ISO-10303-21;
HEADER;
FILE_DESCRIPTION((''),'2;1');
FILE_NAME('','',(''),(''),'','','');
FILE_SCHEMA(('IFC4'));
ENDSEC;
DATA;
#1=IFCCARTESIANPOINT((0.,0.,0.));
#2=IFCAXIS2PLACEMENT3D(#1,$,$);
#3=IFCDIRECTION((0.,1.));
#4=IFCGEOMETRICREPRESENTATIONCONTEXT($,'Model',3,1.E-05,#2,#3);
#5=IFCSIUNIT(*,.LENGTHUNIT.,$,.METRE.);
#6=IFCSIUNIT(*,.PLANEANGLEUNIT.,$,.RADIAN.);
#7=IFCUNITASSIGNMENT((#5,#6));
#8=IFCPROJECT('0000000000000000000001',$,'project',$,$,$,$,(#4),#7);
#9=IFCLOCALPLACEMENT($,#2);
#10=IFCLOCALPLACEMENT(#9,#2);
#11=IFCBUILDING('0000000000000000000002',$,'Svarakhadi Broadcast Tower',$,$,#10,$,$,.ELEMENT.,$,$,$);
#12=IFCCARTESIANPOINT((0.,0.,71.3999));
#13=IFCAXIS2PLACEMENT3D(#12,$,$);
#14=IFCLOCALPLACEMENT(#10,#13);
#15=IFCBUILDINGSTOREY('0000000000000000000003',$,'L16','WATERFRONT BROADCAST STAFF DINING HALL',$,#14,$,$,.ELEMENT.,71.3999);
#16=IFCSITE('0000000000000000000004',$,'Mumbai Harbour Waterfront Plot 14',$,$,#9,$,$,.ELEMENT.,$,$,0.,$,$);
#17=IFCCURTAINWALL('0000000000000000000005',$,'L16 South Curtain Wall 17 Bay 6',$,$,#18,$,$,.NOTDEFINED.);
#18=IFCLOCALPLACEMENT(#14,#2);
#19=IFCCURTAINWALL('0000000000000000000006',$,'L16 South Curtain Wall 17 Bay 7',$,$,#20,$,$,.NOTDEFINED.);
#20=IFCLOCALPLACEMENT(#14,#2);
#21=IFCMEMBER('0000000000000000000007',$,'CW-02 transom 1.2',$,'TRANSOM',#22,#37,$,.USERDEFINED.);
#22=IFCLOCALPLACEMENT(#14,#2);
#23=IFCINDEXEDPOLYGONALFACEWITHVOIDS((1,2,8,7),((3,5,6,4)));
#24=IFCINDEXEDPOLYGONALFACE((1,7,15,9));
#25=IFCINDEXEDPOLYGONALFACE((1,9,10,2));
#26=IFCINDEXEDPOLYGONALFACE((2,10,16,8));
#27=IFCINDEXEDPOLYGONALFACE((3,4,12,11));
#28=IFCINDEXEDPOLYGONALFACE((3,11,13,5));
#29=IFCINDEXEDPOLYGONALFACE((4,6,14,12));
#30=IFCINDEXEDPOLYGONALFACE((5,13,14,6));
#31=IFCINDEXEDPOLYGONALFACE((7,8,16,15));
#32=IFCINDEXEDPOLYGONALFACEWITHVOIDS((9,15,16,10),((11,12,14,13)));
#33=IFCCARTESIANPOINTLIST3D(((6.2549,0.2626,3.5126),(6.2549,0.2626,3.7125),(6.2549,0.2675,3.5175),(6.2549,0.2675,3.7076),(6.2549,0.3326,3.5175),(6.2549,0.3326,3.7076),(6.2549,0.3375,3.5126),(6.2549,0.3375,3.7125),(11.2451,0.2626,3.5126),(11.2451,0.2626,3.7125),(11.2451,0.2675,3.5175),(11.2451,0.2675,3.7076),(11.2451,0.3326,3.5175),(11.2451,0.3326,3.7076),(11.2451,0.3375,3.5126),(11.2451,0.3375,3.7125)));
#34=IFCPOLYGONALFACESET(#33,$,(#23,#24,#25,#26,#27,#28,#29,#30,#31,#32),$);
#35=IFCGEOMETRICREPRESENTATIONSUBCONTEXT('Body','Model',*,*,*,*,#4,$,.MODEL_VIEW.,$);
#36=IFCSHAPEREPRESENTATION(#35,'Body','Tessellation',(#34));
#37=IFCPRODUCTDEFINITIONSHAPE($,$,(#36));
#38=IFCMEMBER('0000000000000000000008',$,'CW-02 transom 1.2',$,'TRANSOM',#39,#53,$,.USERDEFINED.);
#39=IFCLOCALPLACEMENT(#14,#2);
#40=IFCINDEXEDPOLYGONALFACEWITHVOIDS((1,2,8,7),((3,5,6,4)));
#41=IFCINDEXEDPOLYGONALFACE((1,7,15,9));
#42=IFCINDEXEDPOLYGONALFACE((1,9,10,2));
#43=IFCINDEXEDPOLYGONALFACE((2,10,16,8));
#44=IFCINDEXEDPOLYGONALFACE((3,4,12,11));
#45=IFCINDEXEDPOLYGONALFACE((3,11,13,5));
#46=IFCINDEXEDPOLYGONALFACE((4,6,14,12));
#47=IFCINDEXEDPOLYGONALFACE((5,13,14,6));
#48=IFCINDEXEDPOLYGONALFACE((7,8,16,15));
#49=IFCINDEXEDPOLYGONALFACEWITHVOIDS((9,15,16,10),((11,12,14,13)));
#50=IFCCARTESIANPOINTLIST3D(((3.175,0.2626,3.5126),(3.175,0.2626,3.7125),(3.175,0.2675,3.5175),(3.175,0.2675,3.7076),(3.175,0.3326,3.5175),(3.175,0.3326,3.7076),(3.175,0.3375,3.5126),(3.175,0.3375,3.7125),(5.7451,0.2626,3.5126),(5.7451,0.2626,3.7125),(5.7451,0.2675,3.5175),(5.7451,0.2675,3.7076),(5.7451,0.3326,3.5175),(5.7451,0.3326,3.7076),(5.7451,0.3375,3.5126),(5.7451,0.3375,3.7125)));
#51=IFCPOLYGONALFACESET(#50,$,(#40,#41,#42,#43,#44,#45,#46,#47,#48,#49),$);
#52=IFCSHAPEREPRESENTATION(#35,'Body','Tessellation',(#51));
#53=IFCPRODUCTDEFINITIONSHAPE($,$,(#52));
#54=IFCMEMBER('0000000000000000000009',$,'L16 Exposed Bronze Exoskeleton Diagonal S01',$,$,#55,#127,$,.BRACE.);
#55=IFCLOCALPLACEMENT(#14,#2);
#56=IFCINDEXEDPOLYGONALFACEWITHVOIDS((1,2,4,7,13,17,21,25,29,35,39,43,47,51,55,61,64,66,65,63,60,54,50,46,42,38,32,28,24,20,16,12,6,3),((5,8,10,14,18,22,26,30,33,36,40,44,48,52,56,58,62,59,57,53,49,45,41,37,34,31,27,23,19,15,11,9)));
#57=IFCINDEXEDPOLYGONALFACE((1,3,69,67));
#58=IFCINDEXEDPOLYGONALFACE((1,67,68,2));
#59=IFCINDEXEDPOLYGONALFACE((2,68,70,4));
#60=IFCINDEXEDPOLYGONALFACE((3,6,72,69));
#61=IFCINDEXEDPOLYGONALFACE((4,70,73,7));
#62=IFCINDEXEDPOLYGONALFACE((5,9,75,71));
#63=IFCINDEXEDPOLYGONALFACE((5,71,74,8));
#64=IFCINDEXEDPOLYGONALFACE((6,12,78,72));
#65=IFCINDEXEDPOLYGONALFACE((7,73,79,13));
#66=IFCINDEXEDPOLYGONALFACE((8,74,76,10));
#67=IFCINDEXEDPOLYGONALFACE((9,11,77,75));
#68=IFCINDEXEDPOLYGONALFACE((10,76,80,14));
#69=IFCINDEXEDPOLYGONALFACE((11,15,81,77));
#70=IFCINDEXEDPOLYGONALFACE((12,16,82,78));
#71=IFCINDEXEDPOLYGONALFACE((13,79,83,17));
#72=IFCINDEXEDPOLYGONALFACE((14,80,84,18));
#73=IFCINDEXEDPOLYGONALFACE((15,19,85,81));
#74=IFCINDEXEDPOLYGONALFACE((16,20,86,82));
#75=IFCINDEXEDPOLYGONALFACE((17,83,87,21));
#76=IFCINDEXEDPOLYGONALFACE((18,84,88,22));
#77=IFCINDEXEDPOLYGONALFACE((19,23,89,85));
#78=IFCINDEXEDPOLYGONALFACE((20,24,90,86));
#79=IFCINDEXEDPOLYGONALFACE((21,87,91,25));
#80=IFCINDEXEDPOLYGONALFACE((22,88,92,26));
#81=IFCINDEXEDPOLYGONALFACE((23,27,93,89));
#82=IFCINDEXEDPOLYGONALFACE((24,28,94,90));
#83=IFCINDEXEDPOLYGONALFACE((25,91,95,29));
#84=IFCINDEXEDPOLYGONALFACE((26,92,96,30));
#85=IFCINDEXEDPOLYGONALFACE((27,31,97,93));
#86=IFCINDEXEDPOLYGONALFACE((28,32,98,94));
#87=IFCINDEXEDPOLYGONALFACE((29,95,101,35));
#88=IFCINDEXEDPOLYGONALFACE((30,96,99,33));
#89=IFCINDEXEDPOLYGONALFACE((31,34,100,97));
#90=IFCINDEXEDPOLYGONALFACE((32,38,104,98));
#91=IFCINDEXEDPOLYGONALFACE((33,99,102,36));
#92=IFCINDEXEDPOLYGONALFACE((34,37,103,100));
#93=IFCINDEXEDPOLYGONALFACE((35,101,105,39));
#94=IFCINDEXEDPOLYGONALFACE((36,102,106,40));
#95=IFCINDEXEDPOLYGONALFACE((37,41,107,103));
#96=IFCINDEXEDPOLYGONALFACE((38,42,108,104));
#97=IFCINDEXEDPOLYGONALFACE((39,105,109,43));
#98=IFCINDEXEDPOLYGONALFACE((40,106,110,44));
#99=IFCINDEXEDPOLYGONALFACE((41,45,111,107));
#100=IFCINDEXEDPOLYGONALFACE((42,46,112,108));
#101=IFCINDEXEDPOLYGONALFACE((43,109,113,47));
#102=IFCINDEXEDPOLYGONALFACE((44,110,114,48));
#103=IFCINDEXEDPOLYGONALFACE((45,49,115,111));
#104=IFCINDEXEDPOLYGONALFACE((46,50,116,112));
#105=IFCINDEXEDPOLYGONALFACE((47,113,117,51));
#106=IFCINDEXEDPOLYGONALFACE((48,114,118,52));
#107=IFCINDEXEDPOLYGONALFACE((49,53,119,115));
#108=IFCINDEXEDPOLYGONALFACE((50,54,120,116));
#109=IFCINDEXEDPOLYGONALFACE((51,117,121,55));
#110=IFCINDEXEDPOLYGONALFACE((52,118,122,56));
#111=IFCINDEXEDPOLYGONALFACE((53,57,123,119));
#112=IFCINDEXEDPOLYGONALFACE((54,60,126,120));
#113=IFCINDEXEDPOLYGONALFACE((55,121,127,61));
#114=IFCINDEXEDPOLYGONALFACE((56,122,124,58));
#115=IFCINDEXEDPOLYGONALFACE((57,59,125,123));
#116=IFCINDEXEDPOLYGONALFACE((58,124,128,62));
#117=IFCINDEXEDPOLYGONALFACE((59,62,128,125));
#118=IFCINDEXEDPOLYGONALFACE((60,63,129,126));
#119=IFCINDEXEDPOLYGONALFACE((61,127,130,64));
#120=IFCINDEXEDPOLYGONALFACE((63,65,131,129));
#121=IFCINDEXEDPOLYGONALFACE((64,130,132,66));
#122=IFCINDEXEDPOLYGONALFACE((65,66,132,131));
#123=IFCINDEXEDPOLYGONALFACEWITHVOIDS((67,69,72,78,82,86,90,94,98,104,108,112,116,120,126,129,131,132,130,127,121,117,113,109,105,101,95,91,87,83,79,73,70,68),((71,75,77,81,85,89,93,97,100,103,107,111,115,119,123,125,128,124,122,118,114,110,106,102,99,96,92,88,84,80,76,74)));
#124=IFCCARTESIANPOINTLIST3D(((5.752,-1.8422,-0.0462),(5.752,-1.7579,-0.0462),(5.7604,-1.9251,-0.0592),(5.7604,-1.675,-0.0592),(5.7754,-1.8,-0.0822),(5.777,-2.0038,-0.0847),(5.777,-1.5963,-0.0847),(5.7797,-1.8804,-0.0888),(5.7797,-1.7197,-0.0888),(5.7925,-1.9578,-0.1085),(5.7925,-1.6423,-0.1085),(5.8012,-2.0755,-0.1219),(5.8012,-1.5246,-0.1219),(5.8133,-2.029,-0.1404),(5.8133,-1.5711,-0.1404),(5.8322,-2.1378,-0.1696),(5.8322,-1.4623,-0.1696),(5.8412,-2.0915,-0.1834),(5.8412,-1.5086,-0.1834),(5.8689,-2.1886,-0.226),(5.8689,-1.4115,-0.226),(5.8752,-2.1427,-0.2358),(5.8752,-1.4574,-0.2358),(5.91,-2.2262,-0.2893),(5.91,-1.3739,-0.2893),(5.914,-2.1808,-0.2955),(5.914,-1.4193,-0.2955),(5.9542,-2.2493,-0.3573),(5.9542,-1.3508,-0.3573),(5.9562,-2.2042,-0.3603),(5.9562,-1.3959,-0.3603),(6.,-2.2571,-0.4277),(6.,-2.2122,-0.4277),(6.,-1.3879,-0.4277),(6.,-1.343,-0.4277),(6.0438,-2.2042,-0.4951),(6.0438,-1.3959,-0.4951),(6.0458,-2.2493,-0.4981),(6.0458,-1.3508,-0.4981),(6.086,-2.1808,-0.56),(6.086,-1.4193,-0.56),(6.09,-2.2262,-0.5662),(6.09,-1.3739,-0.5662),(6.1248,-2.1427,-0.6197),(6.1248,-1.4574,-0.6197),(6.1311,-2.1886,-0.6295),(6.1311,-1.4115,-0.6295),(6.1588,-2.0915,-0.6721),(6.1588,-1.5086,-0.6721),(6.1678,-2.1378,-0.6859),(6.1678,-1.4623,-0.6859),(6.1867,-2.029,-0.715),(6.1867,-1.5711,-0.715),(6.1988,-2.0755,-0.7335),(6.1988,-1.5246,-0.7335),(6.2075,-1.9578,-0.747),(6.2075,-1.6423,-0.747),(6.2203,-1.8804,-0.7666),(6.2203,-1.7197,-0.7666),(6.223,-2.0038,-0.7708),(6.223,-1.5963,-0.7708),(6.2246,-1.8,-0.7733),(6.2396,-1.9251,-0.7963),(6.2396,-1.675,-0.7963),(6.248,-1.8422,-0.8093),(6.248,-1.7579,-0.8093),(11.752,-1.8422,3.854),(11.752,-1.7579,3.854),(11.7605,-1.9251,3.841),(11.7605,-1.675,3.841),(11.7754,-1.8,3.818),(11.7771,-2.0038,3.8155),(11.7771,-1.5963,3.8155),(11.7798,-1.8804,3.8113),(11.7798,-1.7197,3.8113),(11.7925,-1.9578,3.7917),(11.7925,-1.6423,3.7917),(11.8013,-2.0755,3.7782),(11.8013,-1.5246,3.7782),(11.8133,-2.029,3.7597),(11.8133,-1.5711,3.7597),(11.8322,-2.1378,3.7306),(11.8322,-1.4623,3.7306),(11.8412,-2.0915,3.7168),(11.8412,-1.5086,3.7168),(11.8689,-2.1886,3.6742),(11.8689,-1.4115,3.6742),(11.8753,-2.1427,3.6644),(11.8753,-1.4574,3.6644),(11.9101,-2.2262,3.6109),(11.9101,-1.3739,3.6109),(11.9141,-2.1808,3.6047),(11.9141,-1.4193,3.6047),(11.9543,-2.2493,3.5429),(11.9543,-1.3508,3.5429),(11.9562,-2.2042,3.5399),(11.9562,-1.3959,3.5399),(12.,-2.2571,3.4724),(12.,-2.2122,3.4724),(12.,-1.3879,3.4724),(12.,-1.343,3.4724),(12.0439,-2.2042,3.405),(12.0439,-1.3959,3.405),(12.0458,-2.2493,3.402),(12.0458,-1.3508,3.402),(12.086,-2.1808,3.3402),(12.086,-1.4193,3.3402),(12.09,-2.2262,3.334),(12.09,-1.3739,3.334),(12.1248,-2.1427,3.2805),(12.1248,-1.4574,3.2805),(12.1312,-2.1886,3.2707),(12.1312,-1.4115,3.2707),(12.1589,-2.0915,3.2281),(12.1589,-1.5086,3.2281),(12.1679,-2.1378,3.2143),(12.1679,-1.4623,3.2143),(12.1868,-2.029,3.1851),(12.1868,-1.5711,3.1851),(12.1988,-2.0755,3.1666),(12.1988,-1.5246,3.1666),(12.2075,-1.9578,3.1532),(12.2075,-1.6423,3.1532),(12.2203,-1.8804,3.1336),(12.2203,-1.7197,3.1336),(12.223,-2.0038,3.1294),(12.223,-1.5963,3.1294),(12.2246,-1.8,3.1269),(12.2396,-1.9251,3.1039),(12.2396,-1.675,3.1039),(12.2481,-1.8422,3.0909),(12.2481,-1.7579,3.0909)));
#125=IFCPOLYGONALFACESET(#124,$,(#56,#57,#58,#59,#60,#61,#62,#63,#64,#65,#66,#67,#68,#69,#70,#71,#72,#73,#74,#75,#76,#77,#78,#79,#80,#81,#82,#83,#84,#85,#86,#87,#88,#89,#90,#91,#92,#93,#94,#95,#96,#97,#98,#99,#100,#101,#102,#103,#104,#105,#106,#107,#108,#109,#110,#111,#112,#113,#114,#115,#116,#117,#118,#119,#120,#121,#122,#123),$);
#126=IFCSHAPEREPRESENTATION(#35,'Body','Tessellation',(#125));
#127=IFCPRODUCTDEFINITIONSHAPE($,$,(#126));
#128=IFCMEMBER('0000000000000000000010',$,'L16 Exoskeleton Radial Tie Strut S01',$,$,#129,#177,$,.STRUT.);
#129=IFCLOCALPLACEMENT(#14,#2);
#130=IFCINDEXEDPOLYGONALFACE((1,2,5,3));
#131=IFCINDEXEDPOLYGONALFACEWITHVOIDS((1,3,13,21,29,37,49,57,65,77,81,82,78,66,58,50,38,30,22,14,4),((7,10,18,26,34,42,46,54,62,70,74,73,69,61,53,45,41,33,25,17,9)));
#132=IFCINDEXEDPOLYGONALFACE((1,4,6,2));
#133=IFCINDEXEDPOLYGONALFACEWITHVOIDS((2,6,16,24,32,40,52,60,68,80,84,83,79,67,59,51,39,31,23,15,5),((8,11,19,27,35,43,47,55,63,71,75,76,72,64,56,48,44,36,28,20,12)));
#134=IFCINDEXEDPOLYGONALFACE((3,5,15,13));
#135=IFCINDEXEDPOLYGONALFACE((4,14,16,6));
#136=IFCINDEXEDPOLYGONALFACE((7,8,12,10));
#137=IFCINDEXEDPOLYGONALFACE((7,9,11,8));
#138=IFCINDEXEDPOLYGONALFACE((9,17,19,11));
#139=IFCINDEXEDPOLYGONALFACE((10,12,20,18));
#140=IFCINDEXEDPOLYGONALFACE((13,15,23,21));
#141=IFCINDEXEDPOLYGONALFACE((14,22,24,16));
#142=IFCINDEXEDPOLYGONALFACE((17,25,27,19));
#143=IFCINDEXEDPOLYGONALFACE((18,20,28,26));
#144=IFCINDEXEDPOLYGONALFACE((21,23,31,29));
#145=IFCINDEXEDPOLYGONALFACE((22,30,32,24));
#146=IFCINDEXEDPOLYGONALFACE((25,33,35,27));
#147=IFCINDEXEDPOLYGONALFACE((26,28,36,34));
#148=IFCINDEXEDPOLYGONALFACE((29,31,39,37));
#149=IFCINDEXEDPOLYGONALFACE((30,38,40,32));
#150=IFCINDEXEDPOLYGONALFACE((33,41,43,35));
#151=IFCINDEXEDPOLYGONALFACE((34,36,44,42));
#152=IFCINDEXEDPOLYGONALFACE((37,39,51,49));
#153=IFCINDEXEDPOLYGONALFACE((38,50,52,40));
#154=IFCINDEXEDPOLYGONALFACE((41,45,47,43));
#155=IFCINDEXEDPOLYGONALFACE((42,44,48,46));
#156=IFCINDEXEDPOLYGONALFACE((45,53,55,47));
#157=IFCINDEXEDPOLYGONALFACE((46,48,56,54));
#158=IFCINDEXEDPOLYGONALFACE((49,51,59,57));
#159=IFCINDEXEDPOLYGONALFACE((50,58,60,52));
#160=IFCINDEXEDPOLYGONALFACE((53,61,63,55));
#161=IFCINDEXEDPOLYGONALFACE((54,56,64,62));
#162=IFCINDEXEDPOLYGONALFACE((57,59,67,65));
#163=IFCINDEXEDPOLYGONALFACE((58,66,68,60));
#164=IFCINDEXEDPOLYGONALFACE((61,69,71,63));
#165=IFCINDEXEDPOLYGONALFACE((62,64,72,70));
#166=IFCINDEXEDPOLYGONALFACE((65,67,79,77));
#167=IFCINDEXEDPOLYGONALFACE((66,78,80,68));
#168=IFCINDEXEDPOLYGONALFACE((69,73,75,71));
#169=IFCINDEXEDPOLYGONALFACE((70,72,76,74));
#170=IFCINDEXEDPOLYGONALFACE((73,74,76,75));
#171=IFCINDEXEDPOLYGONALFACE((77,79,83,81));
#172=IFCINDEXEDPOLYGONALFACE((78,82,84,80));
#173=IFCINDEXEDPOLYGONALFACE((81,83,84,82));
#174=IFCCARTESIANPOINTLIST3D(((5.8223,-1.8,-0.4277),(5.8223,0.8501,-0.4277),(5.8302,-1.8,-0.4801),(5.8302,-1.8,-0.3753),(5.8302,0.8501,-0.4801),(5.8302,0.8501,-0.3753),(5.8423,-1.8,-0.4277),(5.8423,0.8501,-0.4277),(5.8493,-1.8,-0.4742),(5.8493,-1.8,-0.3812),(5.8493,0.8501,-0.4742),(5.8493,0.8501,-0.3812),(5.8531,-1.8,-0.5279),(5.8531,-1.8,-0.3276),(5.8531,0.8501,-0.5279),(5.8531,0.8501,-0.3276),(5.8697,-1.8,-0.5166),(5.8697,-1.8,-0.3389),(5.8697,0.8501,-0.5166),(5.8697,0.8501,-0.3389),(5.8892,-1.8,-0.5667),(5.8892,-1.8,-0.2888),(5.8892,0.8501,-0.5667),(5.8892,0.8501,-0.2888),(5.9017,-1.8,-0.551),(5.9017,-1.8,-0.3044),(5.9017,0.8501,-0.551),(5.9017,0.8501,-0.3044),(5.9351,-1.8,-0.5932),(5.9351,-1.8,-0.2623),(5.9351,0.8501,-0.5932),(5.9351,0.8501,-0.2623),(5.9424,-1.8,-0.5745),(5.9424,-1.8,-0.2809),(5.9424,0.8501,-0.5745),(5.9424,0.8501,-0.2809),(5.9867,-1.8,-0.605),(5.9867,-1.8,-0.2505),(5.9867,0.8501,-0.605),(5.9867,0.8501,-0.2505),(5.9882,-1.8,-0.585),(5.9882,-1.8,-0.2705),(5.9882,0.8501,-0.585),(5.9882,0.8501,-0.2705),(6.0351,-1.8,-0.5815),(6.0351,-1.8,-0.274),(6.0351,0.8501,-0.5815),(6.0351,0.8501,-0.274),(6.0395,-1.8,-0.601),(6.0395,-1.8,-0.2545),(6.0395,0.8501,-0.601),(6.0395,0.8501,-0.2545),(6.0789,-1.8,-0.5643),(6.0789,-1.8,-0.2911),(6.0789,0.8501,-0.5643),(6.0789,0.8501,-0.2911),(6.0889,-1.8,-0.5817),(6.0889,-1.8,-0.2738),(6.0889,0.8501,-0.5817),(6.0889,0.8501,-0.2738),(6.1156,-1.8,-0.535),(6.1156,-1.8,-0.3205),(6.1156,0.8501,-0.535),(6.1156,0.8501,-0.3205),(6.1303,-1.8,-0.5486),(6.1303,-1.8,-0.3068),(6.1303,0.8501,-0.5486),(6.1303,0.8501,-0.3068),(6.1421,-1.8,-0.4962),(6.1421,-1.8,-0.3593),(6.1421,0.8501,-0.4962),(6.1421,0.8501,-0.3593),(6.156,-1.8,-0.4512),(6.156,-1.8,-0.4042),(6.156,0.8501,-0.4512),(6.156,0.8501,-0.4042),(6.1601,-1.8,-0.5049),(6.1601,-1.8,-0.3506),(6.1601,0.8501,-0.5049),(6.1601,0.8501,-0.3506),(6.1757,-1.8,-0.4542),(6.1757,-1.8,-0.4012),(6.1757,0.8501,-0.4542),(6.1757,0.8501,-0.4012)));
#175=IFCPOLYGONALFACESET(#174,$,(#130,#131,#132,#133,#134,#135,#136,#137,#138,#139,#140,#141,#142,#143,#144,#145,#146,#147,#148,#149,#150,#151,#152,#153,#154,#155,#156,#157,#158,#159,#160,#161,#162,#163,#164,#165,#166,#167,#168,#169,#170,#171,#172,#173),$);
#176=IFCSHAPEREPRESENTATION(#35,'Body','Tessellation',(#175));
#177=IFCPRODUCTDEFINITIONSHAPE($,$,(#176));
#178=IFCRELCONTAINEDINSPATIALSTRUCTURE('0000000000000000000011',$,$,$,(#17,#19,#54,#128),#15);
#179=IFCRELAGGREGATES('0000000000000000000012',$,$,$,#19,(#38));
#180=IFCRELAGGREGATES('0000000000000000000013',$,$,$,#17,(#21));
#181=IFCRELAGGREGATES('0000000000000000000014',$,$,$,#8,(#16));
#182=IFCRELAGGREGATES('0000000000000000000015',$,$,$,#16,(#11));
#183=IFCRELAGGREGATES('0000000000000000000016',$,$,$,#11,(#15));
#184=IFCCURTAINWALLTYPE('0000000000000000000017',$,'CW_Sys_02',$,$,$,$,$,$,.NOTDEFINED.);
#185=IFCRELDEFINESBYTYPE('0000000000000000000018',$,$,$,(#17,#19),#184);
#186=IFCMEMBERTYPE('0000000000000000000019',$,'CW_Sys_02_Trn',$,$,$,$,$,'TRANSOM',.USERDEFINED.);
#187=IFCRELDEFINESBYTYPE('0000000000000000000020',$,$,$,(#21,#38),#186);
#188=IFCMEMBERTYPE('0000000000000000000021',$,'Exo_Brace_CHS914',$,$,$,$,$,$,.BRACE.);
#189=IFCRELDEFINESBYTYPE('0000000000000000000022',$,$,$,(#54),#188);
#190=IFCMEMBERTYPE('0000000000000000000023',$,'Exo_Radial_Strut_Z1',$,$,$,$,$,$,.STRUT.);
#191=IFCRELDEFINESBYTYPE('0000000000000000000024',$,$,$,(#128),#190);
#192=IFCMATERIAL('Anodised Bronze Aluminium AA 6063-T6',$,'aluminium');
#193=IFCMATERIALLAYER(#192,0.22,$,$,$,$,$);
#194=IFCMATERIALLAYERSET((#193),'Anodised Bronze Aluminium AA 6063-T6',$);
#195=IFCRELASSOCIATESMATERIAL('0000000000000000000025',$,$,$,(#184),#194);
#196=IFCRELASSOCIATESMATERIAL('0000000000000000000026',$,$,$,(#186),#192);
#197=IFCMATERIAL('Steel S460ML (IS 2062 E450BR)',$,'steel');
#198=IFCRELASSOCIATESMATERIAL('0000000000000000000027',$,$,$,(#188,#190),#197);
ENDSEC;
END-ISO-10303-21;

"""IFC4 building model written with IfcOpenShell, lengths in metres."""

from ifc_helpers import new_model, si_unit, direction, frame, origin, origin_2d, place, context, subcontext, project, spatial, hollow_rectangle, hollow_circle, extrude, material, layer, layer_set, material_profile, profile_set, type_object, element, aggregate, save


model = new_model("IFC4")

# Units and contexts
model_context = context("Model", 3, precision=1e-05, world=origin(), true_north=direction((0.0, 1.0)))
body_context = subcontext(model_context, "Body", "Model", "MODEL_VIEW")
ifc_project = project(units=[si_unit("LENGTHUNIT", "METRE"), si_unit("PLANEANGLEUNIT", "RADIAN")], contexts=[model_context])

# Site, building, storey
site_placement = place(None, origin())
site = spatial("IfcSite", under=ifc_project, at=site_placement, Name="Mumbai Harbour Waterfront Plot 14", CompositionType="ELEMENT", RefElevation=0.0)
building_placement = place(site_placement, origin())
building = spatial("IfcBuilding", under=site, at=building_placement, Name="Svarakhadi Broadcast Tower", CompositionType="ELEMENT")
storey_placement = place(building_placement, frame((0.0, 0.0, 71.3999)))
storey = spatial("IfcBuildingStorey", under=building, at=storey_placement, Name="L16", Description="WATERFRONT BROADCAST STAFF DINING HALL", CompositionType="ELEMENT", Elevation=71.3999)

# Shared definitions
ifc_material_1 = material(Name="Steel S460ML (IS 2062 E450BR)", Category="steel")

# Curtain wall
ifc_material_2 = material(Name="Anodised Bronze Aluminium AA 6063-T6", Category="aluminium")
ifc_layer_1 = layer(ifc_material_2, 0.22)
ifc_layer_set_1 = layer_set([ifc_layer_1], Name="Anodised Bronze Aluminium AA 6063-T6")
curtain_wall_type = type_object("IfcCurtainWallType", Name="CW_Sys_02", PredefinedType="NOTDEFINED", material=ifc_layer_set_1)
curtain_wall_1_placement = place(storey_placement, origin())
curtain_wall_1 = element("IfcCurtainWall", 1, at=curtain_wall_1_placement, inside=storey, type_object=curtain_wall_type, Name="L16 South Curtain Wall 17 Bay 6", PredefinedType="NOTDEFINED")

# Curtain wall
curtain_wall_2_placement = place(storey_placement, origin())
curtain_wall_2 = element("IfcCurtainWall", 2, at=curtain_wall_2_placement, inside=storey, type_object=curtain_wall_type, Name="L16 South Curtain Wall 17 Bay 7", PredefinedType="NOTDEFINED")

# Members
ifc_material_profile_1 = material_profile(ifc_material_2, hollow_rectangle(XDim=0.075, YDim=0.2, WallThickness=0.0049, at=origin_2d()), Name="ALU TRANSOM 200x75x5")
ifc_profile_set_1 = profile_set([ifc_material_profile_1], Name="Anodised Bronze Aluminium AA 6063-T6")
member_type_1 = type_object("IfcMemberType", Name="CW_Sys_02_Trn", ElementType="TRANSOM", PredefinedType="USERDEFINED", material=ifc_profile_set_1)
member_1_placement = place(storey_placement, frame((11.2451, 0.3, 3.6125), z_axis=(-1.0, 0.0, 0.0), x_axis=(0.0, -1.0, 0.0)))
member_1 = element("IfcMember", 3, at=member_1_placement, type_object=member_type_1, Name="CW-02 transom 1.2", ObjectType="TRANSOM", PredefinedType="USERDEFINED", context=body_context, shape_type="SweptSolid", body=[
    extrude(hollow_rectangle(XDim=0.075, YDim=0.2, WallThickness=0.0049, at=origin_2d()), origin(), (0.0, 0.0, 1.0), 4.9902),
])
member_2_placement = place(storey_placement, frame((5.7451, 0.3, 3.6125), z_axis=(-1.0, 0.0, 0.0), x_axis=(0.0, -1.0, 0.0)))
member_2 = element("IfcMember", 4, at=member_2_placement, type_object=member_type_1, Name="CW-02 transom 1.2", ObjectType="TRANSOM", PredefinedType="USERDEFINED", context=body_context, shape_type="SweptSolid", body=[
    extrude(hollow_rectangle(XDim=0.075, YDim=0.2, WallThickness=0.0049, at=origin_2d()), origin(), (0.0, 0.0, 1.0), 2.5701),
])
aggregate(curtain_wall_2, [member_2])

# Members
ifc_material_profile_2 = material_profile(ifc_material_1, hollow_circle(Radius=0.457, WallThickness=0.0449, at=origin_2d()), Name="CHS 914x45")
ifc_profile_set_2 = profile_set([ifc_material_profile_2], Name="Steel S460ML (IS 2062 E450BR)")
member_type_2 = type_object("IfcMemberType", Name="Exo_Brace_CHS914", PredefinedType="BRACE", material=ifc_profile_set_2)
member_3_placement = place(storey_placement, frame((6.0, -1.8, -0.4277), z_axis=(0.838434, 0.0, 0.545003), x_axis=(0.0, 1.0, 0.0)))
element("IfcMember", 5, at=member_3_placement, inside=storey, type_object=member_type_2, Name="L16 Exposed Bronze Exoskeleton Diagonal S01", PredefinedType="BRACE", context=body_context, shape_type="SweptSolid", body=[
    extrude(hollow_circle(Radius=0.457, WallThickness=0.0449, at=origin_2d()), origin(), (0.0, 0.0, 1.0), 7.1562),
])
ifc_material_profile_3 = material_profile(ifc_material_1, hollow_circle(Radius=0.1777, WallThickness=0.02, at=origin_2d()), Name="CHS 355.6x20")
ifc_profile_set_3 = profile_set([ifc_material_profile_3], Name="Steel S460ML (IS 2062 E450BR)")
member_type_3 = type_object("IfcMemberType", Name="Exo_Radial_Strut_Z1", PredefinedType="STRUT", material=ifc_profile_set_3)
member_4_placement = place(storey_placement, frame((6.0, -1.8, -0.4277), z_axis=(0.0, 1.0, 0.0), x_axis=(-1.0, 0.0, 0.0)))
element("IfcMember", 6, at=member_4_placement, inside=storey, type_object=member_type_3, Name="L16 Exoskeleton Radial Tie Strut S01", PredefinedType="STRUT", context=body_context, shape_type="SweptSolid", body=[
    extrude(hollow_circle(Radius=0.1777, WallThickness=0.02, at=origin_2d()), origin(), (0.0, 0.0, 1.0), 2.6501),
])

aggregate(curtain_wall_1, [member_1])

save(model, "model.ifc")
